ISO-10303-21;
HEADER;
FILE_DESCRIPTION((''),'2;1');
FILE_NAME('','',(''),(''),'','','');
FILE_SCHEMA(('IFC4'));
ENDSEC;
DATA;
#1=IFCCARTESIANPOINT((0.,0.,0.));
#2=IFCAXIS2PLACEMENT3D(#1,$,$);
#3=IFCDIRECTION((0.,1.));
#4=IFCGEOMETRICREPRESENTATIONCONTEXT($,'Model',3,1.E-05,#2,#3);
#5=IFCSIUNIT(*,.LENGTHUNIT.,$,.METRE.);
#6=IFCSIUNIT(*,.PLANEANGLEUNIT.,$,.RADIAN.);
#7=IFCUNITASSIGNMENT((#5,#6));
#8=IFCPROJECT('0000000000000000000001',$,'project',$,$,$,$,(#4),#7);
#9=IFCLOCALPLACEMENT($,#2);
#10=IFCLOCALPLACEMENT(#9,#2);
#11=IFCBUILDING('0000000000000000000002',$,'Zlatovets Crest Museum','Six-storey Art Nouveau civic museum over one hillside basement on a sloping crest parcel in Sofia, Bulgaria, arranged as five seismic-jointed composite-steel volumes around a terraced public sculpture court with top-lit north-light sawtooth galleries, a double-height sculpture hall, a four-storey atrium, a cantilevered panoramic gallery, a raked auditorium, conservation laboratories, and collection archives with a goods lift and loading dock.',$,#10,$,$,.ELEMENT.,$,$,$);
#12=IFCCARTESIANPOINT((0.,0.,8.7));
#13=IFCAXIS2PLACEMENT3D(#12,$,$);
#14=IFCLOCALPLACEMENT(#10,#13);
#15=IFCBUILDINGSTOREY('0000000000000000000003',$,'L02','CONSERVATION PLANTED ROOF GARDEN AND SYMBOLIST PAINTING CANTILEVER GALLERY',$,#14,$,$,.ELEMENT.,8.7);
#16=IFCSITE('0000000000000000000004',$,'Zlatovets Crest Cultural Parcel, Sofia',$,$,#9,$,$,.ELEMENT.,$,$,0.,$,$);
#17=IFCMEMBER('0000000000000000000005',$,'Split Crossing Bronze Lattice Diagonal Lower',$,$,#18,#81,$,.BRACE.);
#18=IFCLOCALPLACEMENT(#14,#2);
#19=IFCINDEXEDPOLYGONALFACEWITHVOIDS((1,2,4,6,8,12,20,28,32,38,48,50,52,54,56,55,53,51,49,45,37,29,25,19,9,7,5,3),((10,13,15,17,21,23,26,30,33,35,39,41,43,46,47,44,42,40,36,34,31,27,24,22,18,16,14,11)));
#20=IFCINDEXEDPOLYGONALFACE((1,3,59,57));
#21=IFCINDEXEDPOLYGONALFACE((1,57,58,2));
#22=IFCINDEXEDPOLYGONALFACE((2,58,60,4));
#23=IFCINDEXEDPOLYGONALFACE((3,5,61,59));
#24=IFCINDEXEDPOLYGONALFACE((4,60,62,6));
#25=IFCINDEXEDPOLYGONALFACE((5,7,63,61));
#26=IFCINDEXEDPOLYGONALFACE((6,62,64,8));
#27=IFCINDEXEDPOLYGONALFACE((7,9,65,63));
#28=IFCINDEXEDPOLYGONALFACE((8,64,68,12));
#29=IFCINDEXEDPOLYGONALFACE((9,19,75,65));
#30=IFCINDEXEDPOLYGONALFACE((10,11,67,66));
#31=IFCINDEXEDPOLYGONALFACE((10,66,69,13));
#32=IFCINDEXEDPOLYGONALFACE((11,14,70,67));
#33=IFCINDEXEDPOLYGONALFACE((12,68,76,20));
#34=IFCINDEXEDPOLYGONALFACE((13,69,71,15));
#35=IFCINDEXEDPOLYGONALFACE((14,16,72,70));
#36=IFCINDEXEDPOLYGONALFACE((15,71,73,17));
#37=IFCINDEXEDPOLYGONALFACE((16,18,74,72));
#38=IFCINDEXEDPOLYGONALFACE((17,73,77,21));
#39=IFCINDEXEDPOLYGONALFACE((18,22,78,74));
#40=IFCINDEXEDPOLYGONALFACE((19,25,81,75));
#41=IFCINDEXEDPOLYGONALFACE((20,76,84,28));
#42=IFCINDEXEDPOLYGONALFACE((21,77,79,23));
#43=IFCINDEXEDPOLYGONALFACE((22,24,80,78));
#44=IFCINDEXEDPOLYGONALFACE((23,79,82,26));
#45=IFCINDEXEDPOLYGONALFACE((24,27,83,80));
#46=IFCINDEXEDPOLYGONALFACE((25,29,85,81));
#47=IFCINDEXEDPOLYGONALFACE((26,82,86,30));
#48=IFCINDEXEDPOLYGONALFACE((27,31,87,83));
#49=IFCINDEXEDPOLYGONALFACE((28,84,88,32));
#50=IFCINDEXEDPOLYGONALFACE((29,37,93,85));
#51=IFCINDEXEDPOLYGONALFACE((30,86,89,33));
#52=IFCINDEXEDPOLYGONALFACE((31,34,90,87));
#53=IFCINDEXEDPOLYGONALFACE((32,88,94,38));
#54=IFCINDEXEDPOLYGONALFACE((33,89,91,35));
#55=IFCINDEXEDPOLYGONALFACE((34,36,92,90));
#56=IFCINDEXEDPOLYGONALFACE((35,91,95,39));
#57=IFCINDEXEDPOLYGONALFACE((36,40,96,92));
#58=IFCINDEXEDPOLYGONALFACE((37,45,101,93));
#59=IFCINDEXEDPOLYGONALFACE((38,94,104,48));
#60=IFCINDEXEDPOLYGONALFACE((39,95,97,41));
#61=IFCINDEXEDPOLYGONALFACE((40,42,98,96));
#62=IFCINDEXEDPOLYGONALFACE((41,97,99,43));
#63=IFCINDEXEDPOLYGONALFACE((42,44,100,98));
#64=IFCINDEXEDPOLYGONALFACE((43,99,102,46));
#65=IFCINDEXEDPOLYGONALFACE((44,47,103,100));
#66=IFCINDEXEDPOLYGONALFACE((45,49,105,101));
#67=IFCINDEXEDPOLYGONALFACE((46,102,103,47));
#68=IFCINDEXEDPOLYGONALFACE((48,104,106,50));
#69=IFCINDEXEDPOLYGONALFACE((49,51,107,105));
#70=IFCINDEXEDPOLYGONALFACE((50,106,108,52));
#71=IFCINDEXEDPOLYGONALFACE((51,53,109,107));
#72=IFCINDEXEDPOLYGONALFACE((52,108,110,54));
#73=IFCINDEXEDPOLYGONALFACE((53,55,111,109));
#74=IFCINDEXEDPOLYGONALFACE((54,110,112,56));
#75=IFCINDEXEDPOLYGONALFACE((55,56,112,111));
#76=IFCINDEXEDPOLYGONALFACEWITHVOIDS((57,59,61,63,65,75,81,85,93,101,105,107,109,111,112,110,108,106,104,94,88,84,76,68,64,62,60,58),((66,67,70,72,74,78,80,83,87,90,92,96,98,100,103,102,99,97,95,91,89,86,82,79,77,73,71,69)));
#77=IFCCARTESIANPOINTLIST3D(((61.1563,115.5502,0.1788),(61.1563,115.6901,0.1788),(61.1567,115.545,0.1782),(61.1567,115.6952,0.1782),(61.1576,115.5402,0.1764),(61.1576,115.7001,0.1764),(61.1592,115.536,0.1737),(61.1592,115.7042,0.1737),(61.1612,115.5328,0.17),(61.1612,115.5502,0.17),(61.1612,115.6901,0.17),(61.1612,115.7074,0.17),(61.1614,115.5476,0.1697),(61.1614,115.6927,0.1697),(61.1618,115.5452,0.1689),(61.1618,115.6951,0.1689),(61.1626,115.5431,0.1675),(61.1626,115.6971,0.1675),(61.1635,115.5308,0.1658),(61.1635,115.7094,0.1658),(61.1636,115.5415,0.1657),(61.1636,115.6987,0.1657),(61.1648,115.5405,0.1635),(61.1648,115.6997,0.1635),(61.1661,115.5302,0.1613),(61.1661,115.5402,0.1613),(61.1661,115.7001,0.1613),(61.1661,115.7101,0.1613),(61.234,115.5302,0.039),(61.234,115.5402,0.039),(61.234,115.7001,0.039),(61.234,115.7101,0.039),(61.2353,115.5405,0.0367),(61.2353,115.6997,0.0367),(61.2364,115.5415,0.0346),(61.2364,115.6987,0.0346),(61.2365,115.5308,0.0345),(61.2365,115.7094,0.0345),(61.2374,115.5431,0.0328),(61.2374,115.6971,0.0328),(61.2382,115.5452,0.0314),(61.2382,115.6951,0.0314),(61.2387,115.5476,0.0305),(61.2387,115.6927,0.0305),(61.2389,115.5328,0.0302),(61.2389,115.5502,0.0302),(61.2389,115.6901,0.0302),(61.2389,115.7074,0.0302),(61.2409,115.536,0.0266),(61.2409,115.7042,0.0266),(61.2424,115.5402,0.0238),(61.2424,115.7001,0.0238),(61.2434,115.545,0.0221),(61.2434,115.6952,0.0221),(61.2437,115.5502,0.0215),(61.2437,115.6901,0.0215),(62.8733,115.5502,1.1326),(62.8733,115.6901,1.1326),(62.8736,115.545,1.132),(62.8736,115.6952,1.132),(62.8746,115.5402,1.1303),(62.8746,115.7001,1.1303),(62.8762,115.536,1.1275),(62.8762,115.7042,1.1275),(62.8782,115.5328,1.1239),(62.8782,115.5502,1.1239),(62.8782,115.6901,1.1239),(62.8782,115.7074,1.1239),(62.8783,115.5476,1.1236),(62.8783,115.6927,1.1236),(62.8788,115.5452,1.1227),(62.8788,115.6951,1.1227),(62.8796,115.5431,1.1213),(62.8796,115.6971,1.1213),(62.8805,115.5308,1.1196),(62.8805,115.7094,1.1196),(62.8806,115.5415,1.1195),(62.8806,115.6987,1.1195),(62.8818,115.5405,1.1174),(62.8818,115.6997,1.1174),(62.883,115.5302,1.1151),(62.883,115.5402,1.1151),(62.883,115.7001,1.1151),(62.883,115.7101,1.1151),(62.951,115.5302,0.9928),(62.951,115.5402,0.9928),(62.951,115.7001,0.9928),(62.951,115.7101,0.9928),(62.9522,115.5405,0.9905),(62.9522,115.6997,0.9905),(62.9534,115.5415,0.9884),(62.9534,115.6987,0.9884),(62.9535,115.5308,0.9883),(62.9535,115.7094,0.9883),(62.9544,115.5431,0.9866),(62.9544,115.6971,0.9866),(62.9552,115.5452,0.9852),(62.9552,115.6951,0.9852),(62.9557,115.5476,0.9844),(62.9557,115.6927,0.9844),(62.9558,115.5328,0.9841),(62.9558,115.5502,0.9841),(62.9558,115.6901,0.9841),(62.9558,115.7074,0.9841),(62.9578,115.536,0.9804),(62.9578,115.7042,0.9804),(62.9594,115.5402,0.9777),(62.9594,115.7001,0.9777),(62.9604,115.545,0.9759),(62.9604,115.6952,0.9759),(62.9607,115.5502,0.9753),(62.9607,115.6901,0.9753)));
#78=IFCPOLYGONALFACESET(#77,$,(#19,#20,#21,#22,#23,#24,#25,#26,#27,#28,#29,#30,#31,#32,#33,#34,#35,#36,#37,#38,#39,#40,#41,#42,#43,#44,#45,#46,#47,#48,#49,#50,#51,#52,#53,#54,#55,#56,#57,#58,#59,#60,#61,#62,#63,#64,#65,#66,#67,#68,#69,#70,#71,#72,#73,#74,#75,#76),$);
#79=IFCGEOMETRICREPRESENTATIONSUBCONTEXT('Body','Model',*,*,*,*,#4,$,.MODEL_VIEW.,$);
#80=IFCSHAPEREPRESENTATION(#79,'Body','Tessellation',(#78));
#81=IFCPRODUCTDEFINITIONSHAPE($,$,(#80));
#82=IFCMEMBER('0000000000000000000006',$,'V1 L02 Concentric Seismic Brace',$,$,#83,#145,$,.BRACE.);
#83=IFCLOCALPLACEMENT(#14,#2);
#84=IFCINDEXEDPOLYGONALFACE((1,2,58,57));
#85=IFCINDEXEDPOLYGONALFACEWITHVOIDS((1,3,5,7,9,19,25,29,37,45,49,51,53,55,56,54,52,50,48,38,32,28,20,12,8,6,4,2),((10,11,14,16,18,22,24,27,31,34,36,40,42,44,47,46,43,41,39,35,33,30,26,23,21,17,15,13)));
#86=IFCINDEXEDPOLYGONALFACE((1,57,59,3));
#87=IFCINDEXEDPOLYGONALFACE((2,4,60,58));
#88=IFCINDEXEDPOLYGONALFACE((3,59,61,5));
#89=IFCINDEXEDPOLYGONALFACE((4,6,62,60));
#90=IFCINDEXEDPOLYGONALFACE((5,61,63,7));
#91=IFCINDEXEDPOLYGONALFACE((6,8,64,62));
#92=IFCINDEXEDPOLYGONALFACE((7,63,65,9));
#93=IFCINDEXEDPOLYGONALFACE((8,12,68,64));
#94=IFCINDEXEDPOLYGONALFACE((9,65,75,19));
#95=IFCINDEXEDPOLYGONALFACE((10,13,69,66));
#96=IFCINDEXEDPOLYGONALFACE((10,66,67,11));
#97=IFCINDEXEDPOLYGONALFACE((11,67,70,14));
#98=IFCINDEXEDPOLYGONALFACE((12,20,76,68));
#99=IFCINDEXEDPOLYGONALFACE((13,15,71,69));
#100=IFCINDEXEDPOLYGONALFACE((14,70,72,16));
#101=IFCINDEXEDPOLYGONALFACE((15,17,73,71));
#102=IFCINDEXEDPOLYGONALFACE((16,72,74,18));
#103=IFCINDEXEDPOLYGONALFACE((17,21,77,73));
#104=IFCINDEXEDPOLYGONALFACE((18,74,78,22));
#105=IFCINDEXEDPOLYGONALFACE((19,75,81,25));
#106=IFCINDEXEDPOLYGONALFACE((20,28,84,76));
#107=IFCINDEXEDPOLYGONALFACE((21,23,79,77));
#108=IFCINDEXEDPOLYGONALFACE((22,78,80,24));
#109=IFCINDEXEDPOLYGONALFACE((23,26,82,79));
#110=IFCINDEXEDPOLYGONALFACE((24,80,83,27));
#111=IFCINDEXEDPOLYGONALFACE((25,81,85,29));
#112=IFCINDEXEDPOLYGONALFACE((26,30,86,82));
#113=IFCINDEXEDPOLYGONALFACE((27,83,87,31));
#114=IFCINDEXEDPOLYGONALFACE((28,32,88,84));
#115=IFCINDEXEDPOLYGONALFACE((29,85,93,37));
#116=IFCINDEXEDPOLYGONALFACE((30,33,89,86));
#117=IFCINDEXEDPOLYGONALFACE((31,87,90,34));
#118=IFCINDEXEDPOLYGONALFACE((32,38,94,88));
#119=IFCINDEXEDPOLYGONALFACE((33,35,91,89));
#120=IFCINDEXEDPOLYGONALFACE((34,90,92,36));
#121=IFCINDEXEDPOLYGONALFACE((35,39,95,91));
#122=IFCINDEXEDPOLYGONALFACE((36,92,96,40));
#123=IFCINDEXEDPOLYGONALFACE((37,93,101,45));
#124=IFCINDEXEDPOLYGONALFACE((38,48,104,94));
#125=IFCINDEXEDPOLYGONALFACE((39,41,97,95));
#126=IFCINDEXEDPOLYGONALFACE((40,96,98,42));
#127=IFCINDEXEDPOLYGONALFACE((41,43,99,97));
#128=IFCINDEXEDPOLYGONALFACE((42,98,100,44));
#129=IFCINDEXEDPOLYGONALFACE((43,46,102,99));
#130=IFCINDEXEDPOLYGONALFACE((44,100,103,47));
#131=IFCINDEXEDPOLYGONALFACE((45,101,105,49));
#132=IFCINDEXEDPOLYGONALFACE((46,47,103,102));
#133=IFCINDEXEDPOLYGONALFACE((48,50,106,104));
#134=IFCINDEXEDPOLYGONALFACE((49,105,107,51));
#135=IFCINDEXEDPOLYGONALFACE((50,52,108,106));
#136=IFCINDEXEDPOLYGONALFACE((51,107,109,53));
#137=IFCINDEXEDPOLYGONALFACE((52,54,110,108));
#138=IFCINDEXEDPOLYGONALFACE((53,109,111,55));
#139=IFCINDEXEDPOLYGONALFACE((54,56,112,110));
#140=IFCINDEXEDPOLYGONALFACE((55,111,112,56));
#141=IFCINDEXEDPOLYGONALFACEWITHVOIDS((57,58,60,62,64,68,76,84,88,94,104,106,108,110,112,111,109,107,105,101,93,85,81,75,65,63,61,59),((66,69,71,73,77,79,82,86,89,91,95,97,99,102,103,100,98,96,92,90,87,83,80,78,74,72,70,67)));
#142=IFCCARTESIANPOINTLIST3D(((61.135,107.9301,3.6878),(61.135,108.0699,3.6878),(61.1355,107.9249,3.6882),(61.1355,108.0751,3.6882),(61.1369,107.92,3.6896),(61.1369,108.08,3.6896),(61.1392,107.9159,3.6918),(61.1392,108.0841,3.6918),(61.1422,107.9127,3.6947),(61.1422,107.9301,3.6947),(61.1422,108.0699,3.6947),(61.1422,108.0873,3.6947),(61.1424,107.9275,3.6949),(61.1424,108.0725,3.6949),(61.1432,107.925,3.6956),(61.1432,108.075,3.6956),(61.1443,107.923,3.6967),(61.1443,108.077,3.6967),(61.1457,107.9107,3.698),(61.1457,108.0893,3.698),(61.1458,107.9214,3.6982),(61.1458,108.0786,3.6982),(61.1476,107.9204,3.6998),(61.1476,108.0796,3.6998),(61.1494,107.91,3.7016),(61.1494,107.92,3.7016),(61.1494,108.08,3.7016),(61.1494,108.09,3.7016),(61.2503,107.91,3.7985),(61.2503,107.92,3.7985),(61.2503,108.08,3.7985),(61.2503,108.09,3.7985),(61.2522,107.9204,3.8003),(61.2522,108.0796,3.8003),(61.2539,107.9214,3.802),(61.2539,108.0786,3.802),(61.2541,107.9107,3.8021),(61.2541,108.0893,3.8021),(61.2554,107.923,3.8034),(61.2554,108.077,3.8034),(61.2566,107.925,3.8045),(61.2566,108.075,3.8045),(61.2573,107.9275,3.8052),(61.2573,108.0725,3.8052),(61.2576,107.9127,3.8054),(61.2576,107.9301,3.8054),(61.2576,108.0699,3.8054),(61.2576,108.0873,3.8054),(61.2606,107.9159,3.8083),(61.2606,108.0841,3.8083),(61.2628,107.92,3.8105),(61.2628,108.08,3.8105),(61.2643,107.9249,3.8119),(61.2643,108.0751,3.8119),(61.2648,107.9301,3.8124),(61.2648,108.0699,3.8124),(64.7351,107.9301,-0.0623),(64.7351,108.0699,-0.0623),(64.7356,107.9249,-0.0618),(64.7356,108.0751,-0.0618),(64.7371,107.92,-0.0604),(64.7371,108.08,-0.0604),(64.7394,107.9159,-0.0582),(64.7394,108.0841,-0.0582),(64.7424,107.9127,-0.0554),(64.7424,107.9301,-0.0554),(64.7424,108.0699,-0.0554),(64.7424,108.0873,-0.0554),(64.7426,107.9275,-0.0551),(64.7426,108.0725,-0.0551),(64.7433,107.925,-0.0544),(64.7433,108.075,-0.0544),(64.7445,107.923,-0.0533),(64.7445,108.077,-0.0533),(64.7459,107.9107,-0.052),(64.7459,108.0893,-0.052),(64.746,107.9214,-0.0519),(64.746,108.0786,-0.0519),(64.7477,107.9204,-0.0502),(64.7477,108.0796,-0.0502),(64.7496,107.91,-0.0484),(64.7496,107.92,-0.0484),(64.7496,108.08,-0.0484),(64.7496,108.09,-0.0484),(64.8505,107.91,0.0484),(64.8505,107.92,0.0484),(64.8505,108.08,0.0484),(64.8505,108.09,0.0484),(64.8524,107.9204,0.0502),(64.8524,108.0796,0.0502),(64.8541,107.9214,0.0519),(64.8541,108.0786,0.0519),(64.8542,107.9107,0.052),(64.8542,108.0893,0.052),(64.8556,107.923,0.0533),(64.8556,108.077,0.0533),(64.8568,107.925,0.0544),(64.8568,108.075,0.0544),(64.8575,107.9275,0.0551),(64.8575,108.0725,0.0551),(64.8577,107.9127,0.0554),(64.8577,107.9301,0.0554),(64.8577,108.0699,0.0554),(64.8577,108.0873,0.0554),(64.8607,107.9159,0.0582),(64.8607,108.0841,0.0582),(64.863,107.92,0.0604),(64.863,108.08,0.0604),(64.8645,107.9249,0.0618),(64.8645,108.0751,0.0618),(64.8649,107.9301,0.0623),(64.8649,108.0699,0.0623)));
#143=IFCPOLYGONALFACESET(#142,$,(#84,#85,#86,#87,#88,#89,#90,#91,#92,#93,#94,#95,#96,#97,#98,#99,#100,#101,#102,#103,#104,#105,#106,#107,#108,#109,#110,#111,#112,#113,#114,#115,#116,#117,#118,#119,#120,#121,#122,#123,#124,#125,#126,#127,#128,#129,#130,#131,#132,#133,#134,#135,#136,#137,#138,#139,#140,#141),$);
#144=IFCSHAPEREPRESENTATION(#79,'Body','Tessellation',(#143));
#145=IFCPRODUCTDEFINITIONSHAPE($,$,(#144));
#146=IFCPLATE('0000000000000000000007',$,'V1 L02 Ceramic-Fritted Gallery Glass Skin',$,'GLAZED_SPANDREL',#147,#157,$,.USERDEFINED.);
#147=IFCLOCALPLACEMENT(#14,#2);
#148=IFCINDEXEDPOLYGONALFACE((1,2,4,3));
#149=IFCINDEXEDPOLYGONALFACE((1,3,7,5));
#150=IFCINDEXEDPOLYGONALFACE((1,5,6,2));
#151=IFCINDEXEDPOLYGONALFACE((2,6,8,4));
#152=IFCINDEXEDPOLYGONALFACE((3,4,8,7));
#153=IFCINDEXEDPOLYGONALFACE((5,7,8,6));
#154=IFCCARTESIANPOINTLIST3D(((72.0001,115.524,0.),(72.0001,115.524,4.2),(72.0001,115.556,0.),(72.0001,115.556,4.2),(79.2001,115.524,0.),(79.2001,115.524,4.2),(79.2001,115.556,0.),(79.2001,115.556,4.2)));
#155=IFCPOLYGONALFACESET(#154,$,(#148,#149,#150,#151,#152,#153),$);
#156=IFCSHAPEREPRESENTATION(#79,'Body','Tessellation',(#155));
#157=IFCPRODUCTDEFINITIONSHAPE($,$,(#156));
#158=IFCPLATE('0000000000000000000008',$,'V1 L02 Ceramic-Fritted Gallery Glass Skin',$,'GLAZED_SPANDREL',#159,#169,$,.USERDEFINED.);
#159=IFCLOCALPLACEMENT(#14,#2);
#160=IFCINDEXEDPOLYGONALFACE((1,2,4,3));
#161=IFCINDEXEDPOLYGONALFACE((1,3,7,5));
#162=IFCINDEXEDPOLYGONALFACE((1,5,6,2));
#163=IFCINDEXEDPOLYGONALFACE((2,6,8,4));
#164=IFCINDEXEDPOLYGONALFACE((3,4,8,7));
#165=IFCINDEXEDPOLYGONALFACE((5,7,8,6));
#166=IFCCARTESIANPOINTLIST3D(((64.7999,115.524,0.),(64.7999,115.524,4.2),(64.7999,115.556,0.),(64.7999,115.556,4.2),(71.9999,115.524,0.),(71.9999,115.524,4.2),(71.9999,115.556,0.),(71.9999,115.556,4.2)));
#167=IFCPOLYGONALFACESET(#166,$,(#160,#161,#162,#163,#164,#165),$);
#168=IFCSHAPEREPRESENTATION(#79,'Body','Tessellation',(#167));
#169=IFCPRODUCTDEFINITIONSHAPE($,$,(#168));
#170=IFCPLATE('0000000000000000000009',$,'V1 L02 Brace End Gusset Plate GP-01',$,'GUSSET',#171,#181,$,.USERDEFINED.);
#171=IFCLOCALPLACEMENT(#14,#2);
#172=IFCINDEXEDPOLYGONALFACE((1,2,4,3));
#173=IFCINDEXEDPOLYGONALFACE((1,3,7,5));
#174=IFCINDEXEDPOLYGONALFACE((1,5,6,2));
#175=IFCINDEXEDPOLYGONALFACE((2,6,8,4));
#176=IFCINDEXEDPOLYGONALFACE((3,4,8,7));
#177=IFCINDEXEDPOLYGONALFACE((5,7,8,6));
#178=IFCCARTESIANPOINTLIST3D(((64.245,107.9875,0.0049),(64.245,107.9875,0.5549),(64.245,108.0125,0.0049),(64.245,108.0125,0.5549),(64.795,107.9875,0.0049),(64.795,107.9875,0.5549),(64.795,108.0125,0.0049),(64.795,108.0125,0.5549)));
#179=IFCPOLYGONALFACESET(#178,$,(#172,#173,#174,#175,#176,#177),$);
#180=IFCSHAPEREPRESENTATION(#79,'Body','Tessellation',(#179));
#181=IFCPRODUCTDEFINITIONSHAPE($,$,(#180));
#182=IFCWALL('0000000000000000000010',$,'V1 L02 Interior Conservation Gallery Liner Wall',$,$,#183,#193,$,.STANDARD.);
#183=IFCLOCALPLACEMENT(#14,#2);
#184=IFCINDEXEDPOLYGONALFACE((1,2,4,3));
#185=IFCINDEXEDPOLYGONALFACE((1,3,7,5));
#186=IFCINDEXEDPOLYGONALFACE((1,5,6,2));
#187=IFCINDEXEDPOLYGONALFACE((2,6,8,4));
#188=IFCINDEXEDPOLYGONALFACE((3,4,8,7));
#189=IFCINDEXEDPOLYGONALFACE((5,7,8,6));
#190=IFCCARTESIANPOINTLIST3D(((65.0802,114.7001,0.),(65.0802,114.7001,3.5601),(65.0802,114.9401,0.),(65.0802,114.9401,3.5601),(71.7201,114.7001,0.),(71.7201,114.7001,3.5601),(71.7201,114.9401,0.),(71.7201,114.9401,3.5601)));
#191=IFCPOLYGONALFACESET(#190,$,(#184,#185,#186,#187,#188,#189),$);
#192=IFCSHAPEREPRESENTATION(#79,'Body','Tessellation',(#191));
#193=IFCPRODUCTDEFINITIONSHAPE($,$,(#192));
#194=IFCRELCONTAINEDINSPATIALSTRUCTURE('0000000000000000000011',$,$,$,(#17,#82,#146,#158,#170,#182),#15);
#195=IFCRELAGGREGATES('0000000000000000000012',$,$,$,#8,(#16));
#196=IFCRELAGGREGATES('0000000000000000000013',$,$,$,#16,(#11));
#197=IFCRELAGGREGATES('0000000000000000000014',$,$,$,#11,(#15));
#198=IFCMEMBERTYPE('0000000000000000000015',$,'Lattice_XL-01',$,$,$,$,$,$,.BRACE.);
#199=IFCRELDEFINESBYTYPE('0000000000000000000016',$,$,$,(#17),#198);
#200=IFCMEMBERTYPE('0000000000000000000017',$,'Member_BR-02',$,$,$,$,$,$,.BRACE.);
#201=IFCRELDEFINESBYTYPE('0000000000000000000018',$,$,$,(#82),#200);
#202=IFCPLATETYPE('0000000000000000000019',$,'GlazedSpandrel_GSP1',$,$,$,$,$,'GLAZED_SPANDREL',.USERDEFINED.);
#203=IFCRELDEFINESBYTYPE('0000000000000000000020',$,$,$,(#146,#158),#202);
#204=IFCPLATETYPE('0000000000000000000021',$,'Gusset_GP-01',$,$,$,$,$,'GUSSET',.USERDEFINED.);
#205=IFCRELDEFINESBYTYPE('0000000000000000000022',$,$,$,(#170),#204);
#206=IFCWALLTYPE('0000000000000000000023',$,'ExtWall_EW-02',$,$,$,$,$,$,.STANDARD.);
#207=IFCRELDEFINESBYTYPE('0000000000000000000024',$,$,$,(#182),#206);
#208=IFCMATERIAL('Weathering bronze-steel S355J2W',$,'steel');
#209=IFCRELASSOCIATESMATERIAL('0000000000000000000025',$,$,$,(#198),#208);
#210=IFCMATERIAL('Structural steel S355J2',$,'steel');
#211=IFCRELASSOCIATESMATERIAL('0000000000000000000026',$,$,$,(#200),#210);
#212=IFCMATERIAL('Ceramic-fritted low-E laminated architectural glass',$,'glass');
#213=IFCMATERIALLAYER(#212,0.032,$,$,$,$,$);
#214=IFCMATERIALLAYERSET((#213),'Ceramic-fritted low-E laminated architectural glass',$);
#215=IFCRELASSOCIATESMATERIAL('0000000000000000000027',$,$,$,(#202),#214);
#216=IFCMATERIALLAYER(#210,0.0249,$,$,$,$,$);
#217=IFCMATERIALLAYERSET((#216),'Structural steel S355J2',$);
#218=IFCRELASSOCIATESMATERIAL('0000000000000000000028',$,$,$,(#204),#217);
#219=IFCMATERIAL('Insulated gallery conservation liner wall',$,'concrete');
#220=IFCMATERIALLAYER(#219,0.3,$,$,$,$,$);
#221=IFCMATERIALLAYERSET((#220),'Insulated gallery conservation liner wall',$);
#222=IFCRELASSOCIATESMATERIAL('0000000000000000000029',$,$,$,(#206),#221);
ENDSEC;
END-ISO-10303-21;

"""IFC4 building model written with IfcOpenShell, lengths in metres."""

from ifc_helpers import new_model, si_unit, direction, frame, frame_2d, origin, origin_2d, place, context, subcontext, project, spatial, rectangle, hollow_rectangle, extrude, material, layer, layer_set, material_profile, profile_set, type_object, element, save


model = new_model("IFC4")

# Units and contexts
model_context = context("Model", 3, precision=1e-05, world=origin(), true_north=direction((0.0, 1.0)))
body_context = subcontext(model_context, "Body", "Model", "MODEL_VIEW")
ifc_project = project(units=[si_unit("LENGTHUNIT", "METRE"), si_unit("PLANEANGLEUNIT", "RADIAN")], contexts=[model_context])

# Site, building, storey
site_placement = place(None, origin())
site = spatial("IfcSite", under=ifc_project, at=site_placement, Name="Zlatovets Crest Cultural Parcel, Sofia", CompositionType="ELEMENT", RefElevation=0.0)
building_placement = place(site_placement, origin())
building = spatial("IfcBuilding", under=site, at=building_placement, Name="Zlatovets Crest Museum", Description="Six-storey Art Nouveau civic museum over one hillside basement on a sloping crest parcel in Sofia, Bulgaria, arranged as five seismic-jointed composite-steel volumes around a terraced public sculpture court with top-lit north-light sawtooth galleries, a double-height sculpture hall, a four-storey atrium, a cantilevered panoramic gallery, a raked auditorium, conservation laboratories, and collection archives with a goods lift and loading dock.", CompositionType="ELEMENT")
storey_placement = place(building_placement, frame((0.0, 0.0, 8.7)))
storey = spatial("IfcBuildingStorey", under=building, at=storey_placement, Name="L02", Description="CONSERVATION PLANTED ROOF GARDEN AND SYMBOLIST PAINTING CANTILEVER GALLERY", CompositionType="ELEMENT", Elevation=8.7)

# Shared definitions
ifc_material_1 = material(Name="Structural steel S355J2", Category="steel")

# Members
ifc_material_2 = material(Name="Weathering bronze-steel S355J2W", Category="steel")
ifc_material_profile_1 = material_profile(ifc_material_2, hollow_rectangle(XDim=0.1799, YDim=0.1799, WallThickness=0.01, InnerFilletRadius=0.01, OuterFilletRadius=0.02, at=origin_2d()), Name="SHS 180x180x10.0")
ifc_profile_set_1 = profile_set([ifc_material_profile_1], Name="Weathering bronze-steel S355J2W")
member_type_1 = type_object("IfcMemberType", Name="Lattice_XL-01", PredefinedType="BRACE", material=ifc_profile_set_1)
member_1_placement = place(storey_placement, frame((62.917, 115.6201, 1.054), z_axis=(-0.874169, 0.0, -0.485622), x_axis=(0.0, -1.0, 0.0)))
element("IfcMember", 1, at=member_1_placement, inside=storey, type_object=member_type_1, Name="Split Crossing Bronze Lattice Diagonal Lower", PredefinedType="BRACE", context=body_context, shape_type="SweptSolid", body=[
    extrude(hollow_rectangle(XDim=0.1799, YDim=0.1799, WallThickness=0.01, InnerFilletRadius=0.01, OuterFilletRadius=0.02, at=origin_2d()), origin(), (0.0, 0.0, 1.0), 1.9641),
])
ifc_material_profile_2 = material_profile(ifc_material_1, hollow_rectangle(XDim=0.1799, YDim=0.1799, WallThickness=0.01, InnerFilletRadius=0.01, OuterFilletRadius=0.02, at=origin_2d()), Name="SHS 180x180x10.0")
ifc_profile_set_2 = profile_set([ifc_material_profile_2], Name="Structural steel S355J2")
member_type_2 = type_object("IfcMemberType", Name="Member_BR-02", PredefinedType="BRACE", material=ifc_profile_set_2)
member_2_placement = place(storey_placement, frame((64.8, 108.0, 0.0), z_axis=(-0.692542, 0.0, 0.721378), x_axis=(0.0, -1.0, 0.0)))
element("IfcMember", 2, at=member_2_placement, inside=storey, type_object=member_type_2, Name="V1 L02 Concentric Seismic Brace", PredefinedType="BRACE", context=body_context, shape_type="SweptSolid", body=[
    extrude(hollow_rectangle(XDim=0.1799, YDim=0.1799, WallThickness=0.01, InnerFilletRadius=0.01, OuterFilletRadius=0.02, at=origin_2d()), origin(), (0.0, 0.0, 1.0), 5.1985),
])

# Plates
ifc_material_3 = material(Name="Ceramic-fritted low-E laminated architectural glass", Category="glass")
ifc_layer_1 = layer(ifc_material_3, 0.032)
ifc_layer_set_1 = layer_set([ifc_layer_1], Name="Ceramic-fritted low-E laminated architectural glass")
plate_type_1 = type_object("IfcPlateType", Name="GlazedSpandrel_GSP1", ElementType="GLAZED_SPANDREL", PredefinedType="USERDEFINED", material=ifc_layer_set_1)
for number, where, z_axis, x_axis, name in (
    (3, (75.6001, 115.54, 0.0), (0.0, 0.0, 1.0), (1.0, 0.0, 0.0), "V1 L02 Ceramic-Fritted Gallery Glass Skin"),
    (4, (68.3999, 115.54, 0.0), (0.0, 0.0, 1.0), (1.0, 0.0, 0.0), "V1 L02 Ceramic-Fritted Gallery Glass Skin"),
):
    element("IfcPlate", number, at=place(storey_placement, frame(where, z_axis=z_axis, x_axis=x_axis)), inside=storey, type_object=plate_type_1, Name=name, ObjectType="GLAZED_SPANDREL", PredefinedType="USERDEFINED", context=body_context, shape_type="SweptSolid", body=[
        extrude(rectangle(XDim=7.2, YDim=0.032, at=origin_2d()), origin(), (0.0, 0.0, 1.0), 4.2),
    ])
ifc_layer_2 = layer(ifc_material_1, 0.0249)
ifc_layer_set_2 = layer_set([ifc_layer_2], Name="Structural steel S355J2")
plate_type_2 = type_object("IfcPlateType", Name="Gusset_GP-01", ElementType="GUSSET", PredefinedType="USERDEFINED", material=ifc_layer_set_2)
plate_placement = place(storey_placement, frame((64.52, 108.0, 0.0049), z_axis=(0.0, 0.0, 1.0), x_axis=(1.0, 0.0, 0.0)))
element("IfcPlate", 5, at=plate_placement, inside=storey, type_object=plate_type_2, Name="V1 L02 Brace End Gusset Plate GP-01", ObjectType="GUSSET", PredefinedType="USERDEFINED", context=body_context, shape_type="SweptSolid", body=[
    extrude(rectangle(XDim=0.55, YDim=0.0249, at=origin_2d()), origin(), (0.0, 0.0, 1.0), 0.55),
])

# Wall
ifc_material_4 = material(Name="Insulated gallery conservation liner wall", Category="concrete")
ifc_layer_3 = layer(ifc_material_4, 0.3)
ifc_layer_set_3 = layer_set([ifc_layer_3], Name="Insulated gallery conservation liner wall")
wall_type_1 = type_object("IfcWallType", Name="ExtWall_EW-02", PredefinedType="STANDARD", material=ifc_layer_set_3)
wall_1_placement = place(storey_placement, frame((71.72, 114.8201, 0.0), z_axis=(0.0, 0.0, 1.0), x_axis=(-1.0, 0.0, 0.0)))
element("IfcWall", 6, at=wall_1_placement, inside=storey, type_object=wall_type_1, Name="V1 L02 Interior Conservation Gallery Liner Wall", PredefinedType="STANDARD", context=body_context, shape_type="SweptSolid", body=[
    extrude(rectangle(XDim=6.6399, YDim=0.24, at=frame_2d((3.3198, 0.0))), origin(), (0.0, 0.0, 1.0), 3.5601),
])

save(model, "model.ifc")
